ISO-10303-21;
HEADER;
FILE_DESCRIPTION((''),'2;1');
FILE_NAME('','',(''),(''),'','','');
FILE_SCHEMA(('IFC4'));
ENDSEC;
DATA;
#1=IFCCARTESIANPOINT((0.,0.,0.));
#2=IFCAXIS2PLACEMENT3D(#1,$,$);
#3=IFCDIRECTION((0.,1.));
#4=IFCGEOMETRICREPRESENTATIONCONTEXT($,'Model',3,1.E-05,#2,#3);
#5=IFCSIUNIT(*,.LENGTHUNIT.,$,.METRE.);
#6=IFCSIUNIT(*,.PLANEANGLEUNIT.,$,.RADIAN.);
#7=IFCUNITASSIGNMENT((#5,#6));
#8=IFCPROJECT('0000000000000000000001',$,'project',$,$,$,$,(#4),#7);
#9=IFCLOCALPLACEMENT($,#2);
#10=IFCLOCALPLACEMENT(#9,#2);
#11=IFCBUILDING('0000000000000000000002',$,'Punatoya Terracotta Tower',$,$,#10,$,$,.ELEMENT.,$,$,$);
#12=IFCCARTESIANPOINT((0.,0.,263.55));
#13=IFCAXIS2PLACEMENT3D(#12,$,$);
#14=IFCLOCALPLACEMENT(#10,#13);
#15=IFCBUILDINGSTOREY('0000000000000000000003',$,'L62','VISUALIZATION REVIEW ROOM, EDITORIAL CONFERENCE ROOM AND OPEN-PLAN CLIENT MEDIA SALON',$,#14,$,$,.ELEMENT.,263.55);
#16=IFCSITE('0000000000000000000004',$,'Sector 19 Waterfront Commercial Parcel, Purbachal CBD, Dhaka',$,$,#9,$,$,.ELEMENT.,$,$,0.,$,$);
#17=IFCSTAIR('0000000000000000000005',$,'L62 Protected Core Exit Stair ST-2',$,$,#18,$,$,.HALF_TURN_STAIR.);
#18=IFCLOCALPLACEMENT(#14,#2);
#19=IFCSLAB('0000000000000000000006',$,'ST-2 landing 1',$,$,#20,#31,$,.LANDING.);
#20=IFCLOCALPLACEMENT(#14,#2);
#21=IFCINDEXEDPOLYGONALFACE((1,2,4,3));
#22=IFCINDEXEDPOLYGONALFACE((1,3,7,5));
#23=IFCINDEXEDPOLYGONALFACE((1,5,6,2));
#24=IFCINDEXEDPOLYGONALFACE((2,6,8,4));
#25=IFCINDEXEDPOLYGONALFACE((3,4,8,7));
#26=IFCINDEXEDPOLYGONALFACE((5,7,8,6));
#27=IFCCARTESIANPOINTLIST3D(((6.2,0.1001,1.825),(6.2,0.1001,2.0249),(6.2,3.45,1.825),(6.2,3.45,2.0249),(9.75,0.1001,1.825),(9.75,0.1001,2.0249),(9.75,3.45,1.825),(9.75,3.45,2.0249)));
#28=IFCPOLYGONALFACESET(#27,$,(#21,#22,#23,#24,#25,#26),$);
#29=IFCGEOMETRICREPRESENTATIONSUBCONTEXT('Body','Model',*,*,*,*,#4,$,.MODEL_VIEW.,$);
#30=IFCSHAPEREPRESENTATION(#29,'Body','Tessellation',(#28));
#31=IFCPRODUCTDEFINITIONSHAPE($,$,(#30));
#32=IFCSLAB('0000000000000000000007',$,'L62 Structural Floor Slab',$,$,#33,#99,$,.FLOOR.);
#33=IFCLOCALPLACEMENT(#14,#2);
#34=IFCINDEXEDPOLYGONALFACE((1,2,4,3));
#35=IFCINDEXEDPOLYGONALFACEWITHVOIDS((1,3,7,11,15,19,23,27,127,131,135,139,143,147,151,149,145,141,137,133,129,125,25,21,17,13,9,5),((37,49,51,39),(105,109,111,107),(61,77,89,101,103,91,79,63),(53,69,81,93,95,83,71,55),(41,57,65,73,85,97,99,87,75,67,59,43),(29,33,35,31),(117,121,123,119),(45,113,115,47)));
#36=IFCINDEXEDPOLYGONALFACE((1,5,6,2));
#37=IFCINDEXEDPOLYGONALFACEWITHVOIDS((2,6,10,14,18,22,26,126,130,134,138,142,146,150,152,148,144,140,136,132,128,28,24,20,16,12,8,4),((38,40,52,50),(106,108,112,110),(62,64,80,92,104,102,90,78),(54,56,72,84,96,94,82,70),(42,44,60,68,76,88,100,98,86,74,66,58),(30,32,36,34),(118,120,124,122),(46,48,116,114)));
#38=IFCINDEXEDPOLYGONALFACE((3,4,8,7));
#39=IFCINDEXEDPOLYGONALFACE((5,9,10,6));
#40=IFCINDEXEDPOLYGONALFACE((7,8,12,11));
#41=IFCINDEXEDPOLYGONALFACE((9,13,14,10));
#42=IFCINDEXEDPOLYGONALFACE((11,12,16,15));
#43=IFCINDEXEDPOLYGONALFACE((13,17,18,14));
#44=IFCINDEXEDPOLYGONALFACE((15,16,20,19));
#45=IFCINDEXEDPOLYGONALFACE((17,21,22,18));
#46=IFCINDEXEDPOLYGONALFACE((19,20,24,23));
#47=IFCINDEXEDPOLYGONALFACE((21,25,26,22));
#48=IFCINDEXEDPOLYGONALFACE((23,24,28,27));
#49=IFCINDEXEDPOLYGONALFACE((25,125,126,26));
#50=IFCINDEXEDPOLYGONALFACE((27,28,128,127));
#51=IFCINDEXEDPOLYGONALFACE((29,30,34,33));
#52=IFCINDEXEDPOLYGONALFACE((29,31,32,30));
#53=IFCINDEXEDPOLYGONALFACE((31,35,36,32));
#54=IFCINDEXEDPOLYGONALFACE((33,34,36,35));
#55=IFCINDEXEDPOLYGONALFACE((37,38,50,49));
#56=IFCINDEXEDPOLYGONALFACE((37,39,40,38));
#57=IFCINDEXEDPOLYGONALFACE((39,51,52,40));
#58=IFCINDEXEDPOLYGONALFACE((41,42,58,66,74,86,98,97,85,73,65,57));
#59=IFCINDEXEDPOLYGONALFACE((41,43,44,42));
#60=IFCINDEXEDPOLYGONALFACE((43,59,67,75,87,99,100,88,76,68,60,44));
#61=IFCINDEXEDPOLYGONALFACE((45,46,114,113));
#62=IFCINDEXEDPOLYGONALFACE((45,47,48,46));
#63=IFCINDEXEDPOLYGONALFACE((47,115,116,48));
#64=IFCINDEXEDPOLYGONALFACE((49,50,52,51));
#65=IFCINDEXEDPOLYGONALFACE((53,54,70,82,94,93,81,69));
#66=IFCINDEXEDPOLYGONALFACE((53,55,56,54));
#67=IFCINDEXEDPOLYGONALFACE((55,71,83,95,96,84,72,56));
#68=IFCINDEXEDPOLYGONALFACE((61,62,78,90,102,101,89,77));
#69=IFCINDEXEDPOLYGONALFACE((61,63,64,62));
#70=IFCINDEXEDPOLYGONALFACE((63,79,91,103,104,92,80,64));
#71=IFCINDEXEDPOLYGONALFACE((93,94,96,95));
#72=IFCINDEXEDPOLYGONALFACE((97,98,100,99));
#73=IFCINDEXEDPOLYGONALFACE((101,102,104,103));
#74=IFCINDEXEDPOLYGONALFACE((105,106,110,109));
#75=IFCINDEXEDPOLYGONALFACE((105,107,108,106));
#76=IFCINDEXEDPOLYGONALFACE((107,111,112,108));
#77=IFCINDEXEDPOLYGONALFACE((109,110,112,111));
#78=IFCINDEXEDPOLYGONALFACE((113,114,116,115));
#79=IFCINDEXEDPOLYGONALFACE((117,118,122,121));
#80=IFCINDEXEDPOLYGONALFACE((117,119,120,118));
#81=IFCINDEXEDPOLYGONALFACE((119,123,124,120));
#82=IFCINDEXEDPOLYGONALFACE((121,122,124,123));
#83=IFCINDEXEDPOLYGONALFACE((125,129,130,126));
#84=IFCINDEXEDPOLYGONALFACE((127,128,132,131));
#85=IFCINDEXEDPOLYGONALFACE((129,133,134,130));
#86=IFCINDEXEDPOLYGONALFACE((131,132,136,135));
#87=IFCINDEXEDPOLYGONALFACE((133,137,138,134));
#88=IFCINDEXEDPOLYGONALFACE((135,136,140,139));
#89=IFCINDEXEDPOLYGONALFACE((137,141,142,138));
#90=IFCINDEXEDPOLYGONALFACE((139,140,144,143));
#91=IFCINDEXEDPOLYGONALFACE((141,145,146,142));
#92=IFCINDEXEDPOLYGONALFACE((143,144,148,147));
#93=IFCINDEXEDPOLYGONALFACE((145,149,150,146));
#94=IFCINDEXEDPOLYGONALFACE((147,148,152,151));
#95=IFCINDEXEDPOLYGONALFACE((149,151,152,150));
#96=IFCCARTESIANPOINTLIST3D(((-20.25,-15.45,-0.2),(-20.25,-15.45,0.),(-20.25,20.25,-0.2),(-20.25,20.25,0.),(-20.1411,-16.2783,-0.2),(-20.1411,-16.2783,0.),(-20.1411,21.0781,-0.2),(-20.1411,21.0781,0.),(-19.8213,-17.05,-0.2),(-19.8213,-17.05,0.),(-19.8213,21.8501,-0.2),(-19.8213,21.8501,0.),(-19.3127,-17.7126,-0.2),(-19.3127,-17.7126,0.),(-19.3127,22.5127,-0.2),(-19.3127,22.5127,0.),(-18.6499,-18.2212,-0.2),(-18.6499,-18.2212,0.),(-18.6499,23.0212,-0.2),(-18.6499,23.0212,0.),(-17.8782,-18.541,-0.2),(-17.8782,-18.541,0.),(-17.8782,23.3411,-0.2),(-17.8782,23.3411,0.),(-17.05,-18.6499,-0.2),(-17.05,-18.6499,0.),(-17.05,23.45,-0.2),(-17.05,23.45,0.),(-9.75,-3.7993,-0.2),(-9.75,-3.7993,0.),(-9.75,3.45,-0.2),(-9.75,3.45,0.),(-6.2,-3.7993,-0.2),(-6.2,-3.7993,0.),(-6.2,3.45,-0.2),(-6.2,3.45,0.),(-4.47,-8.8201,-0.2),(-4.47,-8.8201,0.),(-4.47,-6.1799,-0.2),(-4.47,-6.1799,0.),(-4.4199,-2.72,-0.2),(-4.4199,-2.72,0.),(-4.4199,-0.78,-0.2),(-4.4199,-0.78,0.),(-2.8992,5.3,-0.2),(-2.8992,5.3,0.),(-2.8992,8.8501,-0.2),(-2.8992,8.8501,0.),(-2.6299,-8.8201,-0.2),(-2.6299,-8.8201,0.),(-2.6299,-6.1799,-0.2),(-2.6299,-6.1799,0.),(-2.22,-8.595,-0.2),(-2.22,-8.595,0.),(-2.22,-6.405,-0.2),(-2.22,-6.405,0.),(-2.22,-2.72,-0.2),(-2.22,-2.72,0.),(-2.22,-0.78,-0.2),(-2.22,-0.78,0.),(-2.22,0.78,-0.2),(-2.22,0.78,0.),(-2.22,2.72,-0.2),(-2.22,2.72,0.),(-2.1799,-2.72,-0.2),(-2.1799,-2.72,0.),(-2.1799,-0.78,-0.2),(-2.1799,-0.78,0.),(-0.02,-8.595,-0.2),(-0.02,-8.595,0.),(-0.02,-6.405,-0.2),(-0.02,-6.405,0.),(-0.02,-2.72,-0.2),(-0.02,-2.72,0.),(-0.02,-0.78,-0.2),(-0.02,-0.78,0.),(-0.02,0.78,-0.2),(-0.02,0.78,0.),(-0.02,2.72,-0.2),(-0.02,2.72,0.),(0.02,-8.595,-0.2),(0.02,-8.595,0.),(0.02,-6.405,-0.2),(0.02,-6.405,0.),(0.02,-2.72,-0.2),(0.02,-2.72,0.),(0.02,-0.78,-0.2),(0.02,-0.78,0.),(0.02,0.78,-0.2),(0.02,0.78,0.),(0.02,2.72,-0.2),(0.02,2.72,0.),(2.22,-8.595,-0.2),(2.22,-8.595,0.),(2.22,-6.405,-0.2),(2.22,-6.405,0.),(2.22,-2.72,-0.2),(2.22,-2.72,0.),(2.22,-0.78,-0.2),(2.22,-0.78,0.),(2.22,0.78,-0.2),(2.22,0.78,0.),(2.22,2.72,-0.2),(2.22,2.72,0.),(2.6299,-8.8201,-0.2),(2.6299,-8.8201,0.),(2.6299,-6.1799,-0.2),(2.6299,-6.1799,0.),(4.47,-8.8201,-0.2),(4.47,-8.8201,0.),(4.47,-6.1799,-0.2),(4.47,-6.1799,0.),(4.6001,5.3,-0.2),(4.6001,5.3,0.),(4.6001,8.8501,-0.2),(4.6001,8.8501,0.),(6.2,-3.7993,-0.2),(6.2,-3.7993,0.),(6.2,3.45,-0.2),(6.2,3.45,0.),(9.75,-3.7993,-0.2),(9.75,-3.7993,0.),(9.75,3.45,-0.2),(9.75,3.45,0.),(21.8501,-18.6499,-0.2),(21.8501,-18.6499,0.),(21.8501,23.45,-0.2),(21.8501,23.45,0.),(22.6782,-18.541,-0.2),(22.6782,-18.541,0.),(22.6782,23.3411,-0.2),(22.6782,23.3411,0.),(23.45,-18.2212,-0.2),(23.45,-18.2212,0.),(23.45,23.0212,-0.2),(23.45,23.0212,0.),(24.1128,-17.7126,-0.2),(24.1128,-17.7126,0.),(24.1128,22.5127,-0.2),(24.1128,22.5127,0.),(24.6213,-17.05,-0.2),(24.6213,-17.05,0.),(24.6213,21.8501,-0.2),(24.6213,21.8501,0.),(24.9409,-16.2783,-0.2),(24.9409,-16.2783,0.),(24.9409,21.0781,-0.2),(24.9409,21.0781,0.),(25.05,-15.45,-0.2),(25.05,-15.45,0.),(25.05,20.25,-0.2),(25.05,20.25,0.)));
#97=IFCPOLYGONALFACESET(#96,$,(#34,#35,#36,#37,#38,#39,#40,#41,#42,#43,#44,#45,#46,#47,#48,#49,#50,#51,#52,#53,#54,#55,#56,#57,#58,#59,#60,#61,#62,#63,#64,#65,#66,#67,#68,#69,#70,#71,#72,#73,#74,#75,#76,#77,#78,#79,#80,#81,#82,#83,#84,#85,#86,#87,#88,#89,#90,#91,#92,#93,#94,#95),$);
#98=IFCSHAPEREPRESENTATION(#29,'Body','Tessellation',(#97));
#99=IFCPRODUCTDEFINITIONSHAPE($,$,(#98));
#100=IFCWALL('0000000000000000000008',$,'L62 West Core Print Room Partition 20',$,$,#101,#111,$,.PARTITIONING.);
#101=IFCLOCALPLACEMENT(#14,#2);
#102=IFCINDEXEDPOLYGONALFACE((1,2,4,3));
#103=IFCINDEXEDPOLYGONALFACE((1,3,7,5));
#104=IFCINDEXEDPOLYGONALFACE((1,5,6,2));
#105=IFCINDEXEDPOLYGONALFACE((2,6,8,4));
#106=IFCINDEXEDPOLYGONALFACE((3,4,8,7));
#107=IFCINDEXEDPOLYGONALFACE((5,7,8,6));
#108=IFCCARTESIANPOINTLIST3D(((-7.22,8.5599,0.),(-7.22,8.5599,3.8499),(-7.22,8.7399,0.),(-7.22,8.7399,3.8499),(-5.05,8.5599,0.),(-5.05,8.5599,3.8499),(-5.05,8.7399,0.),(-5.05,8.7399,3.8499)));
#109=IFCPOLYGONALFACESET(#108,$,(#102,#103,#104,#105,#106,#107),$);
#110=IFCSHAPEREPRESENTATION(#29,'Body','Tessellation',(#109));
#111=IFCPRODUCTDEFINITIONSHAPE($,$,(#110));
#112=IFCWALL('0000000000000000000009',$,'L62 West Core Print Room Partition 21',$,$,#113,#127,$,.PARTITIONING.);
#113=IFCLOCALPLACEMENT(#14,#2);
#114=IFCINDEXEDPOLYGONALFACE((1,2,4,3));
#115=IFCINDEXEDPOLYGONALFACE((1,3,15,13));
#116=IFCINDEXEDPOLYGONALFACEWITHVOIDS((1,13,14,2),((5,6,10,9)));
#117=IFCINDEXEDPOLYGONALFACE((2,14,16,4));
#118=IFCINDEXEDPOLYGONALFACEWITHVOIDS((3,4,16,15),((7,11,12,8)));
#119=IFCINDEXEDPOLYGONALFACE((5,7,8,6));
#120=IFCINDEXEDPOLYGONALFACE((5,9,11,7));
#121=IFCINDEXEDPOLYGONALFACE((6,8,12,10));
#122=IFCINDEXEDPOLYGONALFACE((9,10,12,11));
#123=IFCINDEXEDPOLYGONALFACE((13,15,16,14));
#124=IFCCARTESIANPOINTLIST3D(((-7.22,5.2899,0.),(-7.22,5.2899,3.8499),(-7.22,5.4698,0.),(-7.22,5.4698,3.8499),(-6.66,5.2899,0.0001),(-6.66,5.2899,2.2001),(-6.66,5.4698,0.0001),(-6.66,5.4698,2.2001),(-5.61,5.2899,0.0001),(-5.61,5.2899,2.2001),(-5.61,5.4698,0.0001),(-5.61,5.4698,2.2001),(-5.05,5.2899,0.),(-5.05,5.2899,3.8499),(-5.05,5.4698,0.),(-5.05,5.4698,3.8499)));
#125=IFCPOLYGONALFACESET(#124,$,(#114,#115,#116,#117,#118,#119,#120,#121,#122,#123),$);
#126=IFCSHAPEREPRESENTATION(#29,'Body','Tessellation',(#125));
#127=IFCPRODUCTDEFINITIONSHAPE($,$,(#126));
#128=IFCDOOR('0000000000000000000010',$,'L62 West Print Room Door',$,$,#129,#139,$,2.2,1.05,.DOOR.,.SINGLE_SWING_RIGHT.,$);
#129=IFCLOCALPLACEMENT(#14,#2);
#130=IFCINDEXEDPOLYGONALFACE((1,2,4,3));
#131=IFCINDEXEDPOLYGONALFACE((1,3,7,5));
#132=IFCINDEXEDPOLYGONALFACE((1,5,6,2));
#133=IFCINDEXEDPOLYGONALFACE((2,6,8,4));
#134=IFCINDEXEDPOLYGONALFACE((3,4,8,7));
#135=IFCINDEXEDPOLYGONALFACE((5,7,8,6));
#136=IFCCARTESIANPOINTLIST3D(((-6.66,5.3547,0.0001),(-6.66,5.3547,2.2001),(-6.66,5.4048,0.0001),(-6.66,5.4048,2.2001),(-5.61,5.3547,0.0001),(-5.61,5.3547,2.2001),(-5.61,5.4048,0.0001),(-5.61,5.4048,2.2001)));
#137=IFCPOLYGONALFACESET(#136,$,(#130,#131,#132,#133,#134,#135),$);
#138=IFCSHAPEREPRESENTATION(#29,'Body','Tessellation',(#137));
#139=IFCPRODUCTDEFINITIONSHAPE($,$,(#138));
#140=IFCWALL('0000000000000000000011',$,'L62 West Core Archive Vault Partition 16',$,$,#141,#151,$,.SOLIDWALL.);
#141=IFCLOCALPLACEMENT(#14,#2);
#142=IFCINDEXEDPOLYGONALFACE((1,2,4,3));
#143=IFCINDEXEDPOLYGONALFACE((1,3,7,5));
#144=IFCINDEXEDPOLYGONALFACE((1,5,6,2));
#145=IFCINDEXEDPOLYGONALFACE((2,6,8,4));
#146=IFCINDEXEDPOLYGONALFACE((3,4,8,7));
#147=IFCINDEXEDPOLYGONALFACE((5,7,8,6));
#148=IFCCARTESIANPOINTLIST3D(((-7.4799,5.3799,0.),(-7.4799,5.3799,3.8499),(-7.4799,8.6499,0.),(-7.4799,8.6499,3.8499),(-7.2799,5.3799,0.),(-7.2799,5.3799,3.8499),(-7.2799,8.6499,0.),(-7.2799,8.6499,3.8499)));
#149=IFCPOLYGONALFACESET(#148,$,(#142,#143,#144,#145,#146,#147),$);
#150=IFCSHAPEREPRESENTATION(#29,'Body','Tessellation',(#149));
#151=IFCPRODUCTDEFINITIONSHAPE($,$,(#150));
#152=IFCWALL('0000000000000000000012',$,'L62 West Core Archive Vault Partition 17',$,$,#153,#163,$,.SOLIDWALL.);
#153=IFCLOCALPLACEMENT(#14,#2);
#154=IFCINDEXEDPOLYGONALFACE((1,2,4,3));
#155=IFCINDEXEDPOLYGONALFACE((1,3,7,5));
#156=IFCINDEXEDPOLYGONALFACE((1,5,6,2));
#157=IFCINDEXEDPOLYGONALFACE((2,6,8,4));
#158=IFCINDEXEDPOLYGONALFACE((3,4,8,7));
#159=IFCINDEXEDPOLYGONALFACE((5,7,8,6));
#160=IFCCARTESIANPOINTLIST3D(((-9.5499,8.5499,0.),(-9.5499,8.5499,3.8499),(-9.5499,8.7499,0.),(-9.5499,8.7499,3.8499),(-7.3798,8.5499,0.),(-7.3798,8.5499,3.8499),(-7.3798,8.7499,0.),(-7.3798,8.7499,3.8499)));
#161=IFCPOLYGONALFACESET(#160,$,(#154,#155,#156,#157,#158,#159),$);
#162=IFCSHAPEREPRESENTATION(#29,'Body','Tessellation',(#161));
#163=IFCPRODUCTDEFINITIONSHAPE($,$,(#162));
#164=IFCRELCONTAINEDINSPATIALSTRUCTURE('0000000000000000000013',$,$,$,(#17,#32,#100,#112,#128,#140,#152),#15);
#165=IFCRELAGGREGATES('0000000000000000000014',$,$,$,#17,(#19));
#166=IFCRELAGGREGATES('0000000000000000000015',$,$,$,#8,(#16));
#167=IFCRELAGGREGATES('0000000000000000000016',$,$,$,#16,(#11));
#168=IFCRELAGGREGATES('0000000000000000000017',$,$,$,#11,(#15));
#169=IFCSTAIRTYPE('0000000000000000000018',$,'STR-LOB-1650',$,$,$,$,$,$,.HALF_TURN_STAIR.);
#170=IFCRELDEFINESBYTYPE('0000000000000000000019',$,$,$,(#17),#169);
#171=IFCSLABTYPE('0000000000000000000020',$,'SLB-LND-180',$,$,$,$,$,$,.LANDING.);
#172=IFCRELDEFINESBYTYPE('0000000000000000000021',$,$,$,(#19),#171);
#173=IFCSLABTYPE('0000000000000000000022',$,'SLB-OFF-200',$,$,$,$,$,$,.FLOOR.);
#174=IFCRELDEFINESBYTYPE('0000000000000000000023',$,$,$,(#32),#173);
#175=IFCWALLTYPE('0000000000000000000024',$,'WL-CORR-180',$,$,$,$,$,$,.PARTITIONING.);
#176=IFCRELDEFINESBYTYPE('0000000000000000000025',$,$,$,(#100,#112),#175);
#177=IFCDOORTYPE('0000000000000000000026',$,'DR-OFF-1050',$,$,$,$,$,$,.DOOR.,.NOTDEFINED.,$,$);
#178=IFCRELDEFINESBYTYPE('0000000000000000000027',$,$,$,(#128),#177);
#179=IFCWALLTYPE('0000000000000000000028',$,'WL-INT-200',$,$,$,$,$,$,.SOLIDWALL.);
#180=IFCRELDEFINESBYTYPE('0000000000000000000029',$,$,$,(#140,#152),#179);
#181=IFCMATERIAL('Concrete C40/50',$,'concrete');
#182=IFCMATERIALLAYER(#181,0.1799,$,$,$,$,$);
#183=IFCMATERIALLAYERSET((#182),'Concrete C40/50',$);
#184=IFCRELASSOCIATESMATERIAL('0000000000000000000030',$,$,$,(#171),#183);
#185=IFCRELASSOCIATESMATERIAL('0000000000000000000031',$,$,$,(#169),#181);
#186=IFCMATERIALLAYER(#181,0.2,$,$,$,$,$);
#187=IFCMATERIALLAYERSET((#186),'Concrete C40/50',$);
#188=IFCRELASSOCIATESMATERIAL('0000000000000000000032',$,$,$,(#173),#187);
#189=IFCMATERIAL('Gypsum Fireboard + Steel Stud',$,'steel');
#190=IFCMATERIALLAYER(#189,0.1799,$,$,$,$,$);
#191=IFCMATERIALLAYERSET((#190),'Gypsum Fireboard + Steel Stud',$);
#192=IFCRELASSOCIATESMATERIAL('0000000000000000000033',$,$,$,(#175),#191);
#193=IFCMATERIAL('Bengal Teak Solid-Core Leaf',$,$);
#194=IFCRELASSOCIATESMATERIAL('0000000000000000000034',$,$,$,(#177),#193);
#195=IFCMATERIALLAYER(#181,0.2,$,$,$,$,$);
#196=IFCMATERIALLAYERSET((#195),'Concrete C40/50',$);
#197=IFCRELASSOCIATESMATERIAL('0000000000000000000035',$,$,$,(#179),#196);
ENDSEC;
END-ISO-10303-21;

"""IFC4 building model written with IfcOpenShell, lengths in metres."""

from ifc_helpers import new_model, si_unit, direction, frame, frame_2d, origin, place, context, subcontext, project, spatial, polyline, rectangle, outline, extrude, material, layer, layer_set, type_object, element, fill, aggregate, save


model = new_model("IFC4")

# Units and contexts
model_context = context("Model", 3, precision=1e-05, world=origin(), true_north=direction((0.0, 1.0)))
body_context = subcontext(model_context, "Body", "Model", "MODEL_VIEW")
ifc_project = project(units=[si_unit("LENGTHUNIT", "METRE"), si_unit("PLANEANGLEUNIT", "RADIAN")], contexts=[model_context])

# Site, building, storey
site_placement = place(None, origin())
site = spatial("IfcSite", under=ifc_project, at=site_placement, Name="Sector 19 Waterfront Commercial Parcel, Purbachal CBD, Dhaka", CompositionType="ELEMENT", RefElevation=0.0)
building_placement = place(site_placement, origin())
building = spatial("IfcBuilding", under=site, at=building_placement, Name="Punatoya Terracotta Tower", CompositionType="ELEMENT")
storey_placement = place(building_placement, frame((0.0, 0.0, 263.55)))
storey = spatial("IfcBuildingStorey", under=building, at=storey_placement, Name="L62", Description="VISUALIZATION REVIEW ROOM, EDITORIAL CONFERENCE ROOM AND OPEN-PLAN CLIENT MEDIA SALON", CompositionType="ELEMENT", Elevation=263.55)

# Stair, slab
ifc_material_1 = material(Name="Concrete C40/50", Category="concrete")
ifc_layer_1 = layer(ifc_material_1, 0.1799)
ifc_layer_set_1 = layer_set([ifc_layer_1], Name="Concrete C40/50")
slab_type_1 = type_object("IfcSlabType", Name="SLB-LND-180", PredefinedType="LANDING", material=ifc_layer_set_1)
stair_type_1 = type_object("IfcStairType", Name="STR-LOB-1650", PredefinedType="HALF_TURN_STAIR", material=ifc_material_1)
stair_1_placement = place(storey_placement, origin())
stair_1 = element("IfcStair", 1, at=stair_1_placement, inside=storey, type_object=stair_type_1, Name="L62 Protected Core Exit Stair ST-2", PredefinedType="HALF_TURN_STAIR")
slab_1_placement = place(storey_placement, frame((0.0, 0.0, 1.825)))
slab_1 = element("IfcSlab", 2, at=slab_1_placement, type_object=slab_type_1, Name="ST-2 landing 1", PredefinedType="LANDING", context=body_context, shape_type="SweptSolid", body=[
    extrude(outline(polyline([(9.75, 0.1001), (9.75, 3.45), (6.2, 3.45), (6.2, 0.1001), (9.75, 0.1001)])), origin(), (0.0, 0.0, 1.0), 0.2),
])
aggregate(stair_1, [slab_1])

# Slab
ifc_layer_2 = layer(ifc_material_1, 0.2)
ifc_layer_set_2 = layer_set([ifc_layer_2], Name="Concrete C40/50")
slab_type_2 = type_object("IfcSlabType", Name="SLB-OFF-200", PredefinedType="FLOOR", material=ifc_layer_set_2)
slab_2_placement = place(storey_placement, frame((0.0, 0.0, -0.2)))
element("IfcSlab", 3, at=slab_2_placement, inside=storey, type_object=slab_type_2, Name="L62 Structural Floor Slab", PredefinedType="FLOOR", context=body_context, shape_type="SweptSolid", body=[
    extrude(outline(polyline([(-17.05, -18.6499), (-17.8782, -18.541), (-18.6499, -18.2212), (-19.3127, -17.7126), (-19.8213, -17.05), (-20.1411, -16.2783), (-20.25, -15.45), (-20.25, 20.25), (-20.1411, 21.0781), (-19.8213, 21.8501), (-19.3127, 22.5127), (-18.6499, 23.0212), (-17.8782, 23.3411), (-17.05, 23.45), (21.8501, 23.45), (22.6782, 23.3411), (23.45, 23.0212), (24.1128, 22.5127), (24.6213, 21.8501), (24.9409, 21.0781), (25.05, 20.25), (25.05, -15.45), (24.9409, -16.2783), (24.6213, -17.05), (24.1128, -17.7126), (23.45, -18.2212), (22.6782, -18.541), (21.8501, -18.6499), (-17.05, -18.6499)]), holes=[polyline([(-2.6299, -6.1799), (-4.47, -6.1799), (-4.47, -8.8201), (-2.6299, -8.8201), (-2.6299, -6.1799)]), polyline([(0.02, -8.595), (2.22, -8.595), (2.22, -6.405), (0.02, -6.405), (-0.02, -6.405), (-2.22, -6.405), (-2.22, -8.595), (-0.02, -8.595), (0.02, -8.595)]), polyline([(-2.22, -2.72), (-2.1799, -2.72), (-0.02, -2.72), (0.02, -2.72), (2.22, -2.72), (2.22, -0.78), (0.02, -0.78), (-0.02, -0.78), (-2.1799, -0.78), (-2.22, -0.78), (-4.4199, -0.78), (-4.4199, -2.72), (-2.22, -2.72)]), polyline([(-6.2, 3.45), (-9.75, 3.45), (-9.75, -3.7993), (-6.2, -3.7993), (-6.2, 3.45)]), polyline([(0.02, 0.78), (2.22, 0.78), (2.22, 2.72), (0.02, 2.72), (-0.02, 2.72), (-2.22, 2.72), (-2.22, 0.78), (-0.02, 0.78), (0.02, 0.78)]), polyline([(4.47, -8.8201), (4.47, -6.1799), (2.6299, -6.1799), (2.6299, -8.8201), (4.47, -8.8201)]), polyline([(6.2, 3.45), (6.2, -3.7993), (9.75, -3.7993), (9.75, 3.45), (6.2, 3.45)]), polyline([(4.6001, 5.3), (4.6001, 8.8501), (-2.8992, 8.8501), (-2.8992, 5.3), (4.6001, 5.3)])]), origin(), (0.0, 0.0, 1.0), 0.2),
])

# Wall
ifc_material_2 = material(Name="Gypsum Fireboard + Steel Stud", Category="steel")
ifc_layer_3 = layer(ifc_material_2, 0.1799)
ifc_layer_set_3 = layer_set([ifc_layer_3], Name="Gypsum Fireboard + Steel Stud")
wall_type_1 = type_object("IfcWallType", Name="WL-CORR-180", PredefinedType="PARTITIONING", material=ifc_layer_set_3)
wall_1_placement = place(storey_placement, frame((-5.05, 8.6499, 0.0), z_axis=(0.0, 0.0, 1.0), x_axis=(-1.0, 0.0, 0.0)))
element("IfcWall", 4, at=wall_1_placement, inside=storey, type_object=wall_type_1, Name="L62 West Core Print Room Partition 20", PredefinedType="PARTITIONING", context=body_context, shape_type="SweptSolid", body=[
    extrude(rectangle(XDim=2.1699, YDim=0.1799, at=frame_2d((1.085, 0.0))), origin(), (0.0, 0.0, 1.0), 3.8499),
])

# Wall, opening, door
wall_2_placement = place(storey_placement, frame((-7.22, 5.3799, 0.0), z_axis=(0.0, 0.0, 1.0), x_axis=(1.0, 0.0, 0.0)))
wall_2 = element("IfcWall", 5, at=wall_2_placement, inside=storey, type_object=wall_type_1, Name="L62 West Core Print Room Partition 21", PredefinedType="PARTITIONING", context=body_context, shape_type="SweptSolid", body=[
    extrude(rectangle(XDim=2.1699, YDim=0.1799, at=frame_2d((1.085, 0.0))), origin(), (0.0, 0.0, 1.0), 3.8499),
])
opening_1_placement = place(wall_2_placement, frame((0.5601, 0.0, 0.0)))
opening_1 = element("IfcOpeningElement", 6, at=opening_1_placement, cuts=wall_2, PredefinedType="OPENING", context=body_context, shape_type="SweptSolid", body=[
    extrude(rectangle(XDim=1.05, YDim=2.2, at=frame_2d((0.5249, 1.1001))), frame((0.0, 0.0999, 0.0), z_axis=(0.0, -1.0, 0.0), x_axis=(1.0, 0.0, 0.0)), (0.0, 0.0, 1.0), 0.2),
])
ifc_material_3 = material(Name="Bengal Teak Solid-Core Leaf")
door_type_1 = type_object("IfcDoorType", Name="DR-OFF-1050", OperationType="NOTDEFINED", PredefinedType="DOOR", material=ifc_material_3)
door_1_placement = place(opening_1_placement, origin())
door_1 = element("IfcDoor", 7, at=door_1_placement, inside=storey, type_object=door_type_1, Name="L62 West Print Room Door", OperationType="SINGLE_SWING_RIGHT", OverallHeight=2.2, OverallWidth=1.05, PredefinedType="DOOR", context=body_context, shape_type="SweptSolid", body=[
    extrude(rectangle(XDim=1.05, YDim=2.2, at=frame_2d((0.5249, 1.1001))), frame((0.0, 0.0249, 0.0), z_axis=(0.0, -1.0, 0.0), x_axis=(1.0, 0.0, 0.0)), (0.0, 0.0, 1.0), 0.05),
])
fill(opening_1, door_1)

# Walls
ifc_layer_4 = layer(ifc_material_1, 0.2)
ifc_layer_set_4 = layer_set([ifc_layer_4], Name="Concrete C40/50")
wall_type_2 = type_object("IfcWallType", Name="WL-INT-200", PredefinedType="SOLIDWALL", material=ifc_layer_set_4)
wall_3_placement = place(storey_placement, frame((-7.3799, 5.3799, 0.0), z_axis=(0.0, 0.0, 1.0), x_axis=(0.0, 1.0, 0.0)))
element("IfcWall", 8, at=wall_3_placement, inside=storey, type_object=wall_type_2, Name="L62 West Core Archive Vault Partition 16", PredefinedType="SOLIDWALL", context=body_context, shape_type="SweptSolid", body=[
    extrude(rectangle(XDim=3.27, YDim=0.2, at=frame_2d((1.635, 0.0))), origin(), (0.0, 0.0, 1.0), 3.8499),
])
wall_4_placement = place(storey_placement, frame((-7.3799, 8.6499, 0.0), z_axis=(0.0, 0.0, 1.0), x_axis=(-1.0, 0.0, 0.0)))
element("IfcWall", 9, at=wall_4_placement, inside=storey, type_object=wall_type_2, Name="L62 West Core Archive Vault Partition 17", PredefinedType="SOLIDWALL", context=body_context, shape_type="SweptSolid", body=[
    extrude(rectangle(XDim=2.1702, YDim=0.2, at=frame_2d((1.085, 0.0))), origin(), (0.0, 0.0, 1.0), 3.8499),
])

save(model, "model.ifc")
